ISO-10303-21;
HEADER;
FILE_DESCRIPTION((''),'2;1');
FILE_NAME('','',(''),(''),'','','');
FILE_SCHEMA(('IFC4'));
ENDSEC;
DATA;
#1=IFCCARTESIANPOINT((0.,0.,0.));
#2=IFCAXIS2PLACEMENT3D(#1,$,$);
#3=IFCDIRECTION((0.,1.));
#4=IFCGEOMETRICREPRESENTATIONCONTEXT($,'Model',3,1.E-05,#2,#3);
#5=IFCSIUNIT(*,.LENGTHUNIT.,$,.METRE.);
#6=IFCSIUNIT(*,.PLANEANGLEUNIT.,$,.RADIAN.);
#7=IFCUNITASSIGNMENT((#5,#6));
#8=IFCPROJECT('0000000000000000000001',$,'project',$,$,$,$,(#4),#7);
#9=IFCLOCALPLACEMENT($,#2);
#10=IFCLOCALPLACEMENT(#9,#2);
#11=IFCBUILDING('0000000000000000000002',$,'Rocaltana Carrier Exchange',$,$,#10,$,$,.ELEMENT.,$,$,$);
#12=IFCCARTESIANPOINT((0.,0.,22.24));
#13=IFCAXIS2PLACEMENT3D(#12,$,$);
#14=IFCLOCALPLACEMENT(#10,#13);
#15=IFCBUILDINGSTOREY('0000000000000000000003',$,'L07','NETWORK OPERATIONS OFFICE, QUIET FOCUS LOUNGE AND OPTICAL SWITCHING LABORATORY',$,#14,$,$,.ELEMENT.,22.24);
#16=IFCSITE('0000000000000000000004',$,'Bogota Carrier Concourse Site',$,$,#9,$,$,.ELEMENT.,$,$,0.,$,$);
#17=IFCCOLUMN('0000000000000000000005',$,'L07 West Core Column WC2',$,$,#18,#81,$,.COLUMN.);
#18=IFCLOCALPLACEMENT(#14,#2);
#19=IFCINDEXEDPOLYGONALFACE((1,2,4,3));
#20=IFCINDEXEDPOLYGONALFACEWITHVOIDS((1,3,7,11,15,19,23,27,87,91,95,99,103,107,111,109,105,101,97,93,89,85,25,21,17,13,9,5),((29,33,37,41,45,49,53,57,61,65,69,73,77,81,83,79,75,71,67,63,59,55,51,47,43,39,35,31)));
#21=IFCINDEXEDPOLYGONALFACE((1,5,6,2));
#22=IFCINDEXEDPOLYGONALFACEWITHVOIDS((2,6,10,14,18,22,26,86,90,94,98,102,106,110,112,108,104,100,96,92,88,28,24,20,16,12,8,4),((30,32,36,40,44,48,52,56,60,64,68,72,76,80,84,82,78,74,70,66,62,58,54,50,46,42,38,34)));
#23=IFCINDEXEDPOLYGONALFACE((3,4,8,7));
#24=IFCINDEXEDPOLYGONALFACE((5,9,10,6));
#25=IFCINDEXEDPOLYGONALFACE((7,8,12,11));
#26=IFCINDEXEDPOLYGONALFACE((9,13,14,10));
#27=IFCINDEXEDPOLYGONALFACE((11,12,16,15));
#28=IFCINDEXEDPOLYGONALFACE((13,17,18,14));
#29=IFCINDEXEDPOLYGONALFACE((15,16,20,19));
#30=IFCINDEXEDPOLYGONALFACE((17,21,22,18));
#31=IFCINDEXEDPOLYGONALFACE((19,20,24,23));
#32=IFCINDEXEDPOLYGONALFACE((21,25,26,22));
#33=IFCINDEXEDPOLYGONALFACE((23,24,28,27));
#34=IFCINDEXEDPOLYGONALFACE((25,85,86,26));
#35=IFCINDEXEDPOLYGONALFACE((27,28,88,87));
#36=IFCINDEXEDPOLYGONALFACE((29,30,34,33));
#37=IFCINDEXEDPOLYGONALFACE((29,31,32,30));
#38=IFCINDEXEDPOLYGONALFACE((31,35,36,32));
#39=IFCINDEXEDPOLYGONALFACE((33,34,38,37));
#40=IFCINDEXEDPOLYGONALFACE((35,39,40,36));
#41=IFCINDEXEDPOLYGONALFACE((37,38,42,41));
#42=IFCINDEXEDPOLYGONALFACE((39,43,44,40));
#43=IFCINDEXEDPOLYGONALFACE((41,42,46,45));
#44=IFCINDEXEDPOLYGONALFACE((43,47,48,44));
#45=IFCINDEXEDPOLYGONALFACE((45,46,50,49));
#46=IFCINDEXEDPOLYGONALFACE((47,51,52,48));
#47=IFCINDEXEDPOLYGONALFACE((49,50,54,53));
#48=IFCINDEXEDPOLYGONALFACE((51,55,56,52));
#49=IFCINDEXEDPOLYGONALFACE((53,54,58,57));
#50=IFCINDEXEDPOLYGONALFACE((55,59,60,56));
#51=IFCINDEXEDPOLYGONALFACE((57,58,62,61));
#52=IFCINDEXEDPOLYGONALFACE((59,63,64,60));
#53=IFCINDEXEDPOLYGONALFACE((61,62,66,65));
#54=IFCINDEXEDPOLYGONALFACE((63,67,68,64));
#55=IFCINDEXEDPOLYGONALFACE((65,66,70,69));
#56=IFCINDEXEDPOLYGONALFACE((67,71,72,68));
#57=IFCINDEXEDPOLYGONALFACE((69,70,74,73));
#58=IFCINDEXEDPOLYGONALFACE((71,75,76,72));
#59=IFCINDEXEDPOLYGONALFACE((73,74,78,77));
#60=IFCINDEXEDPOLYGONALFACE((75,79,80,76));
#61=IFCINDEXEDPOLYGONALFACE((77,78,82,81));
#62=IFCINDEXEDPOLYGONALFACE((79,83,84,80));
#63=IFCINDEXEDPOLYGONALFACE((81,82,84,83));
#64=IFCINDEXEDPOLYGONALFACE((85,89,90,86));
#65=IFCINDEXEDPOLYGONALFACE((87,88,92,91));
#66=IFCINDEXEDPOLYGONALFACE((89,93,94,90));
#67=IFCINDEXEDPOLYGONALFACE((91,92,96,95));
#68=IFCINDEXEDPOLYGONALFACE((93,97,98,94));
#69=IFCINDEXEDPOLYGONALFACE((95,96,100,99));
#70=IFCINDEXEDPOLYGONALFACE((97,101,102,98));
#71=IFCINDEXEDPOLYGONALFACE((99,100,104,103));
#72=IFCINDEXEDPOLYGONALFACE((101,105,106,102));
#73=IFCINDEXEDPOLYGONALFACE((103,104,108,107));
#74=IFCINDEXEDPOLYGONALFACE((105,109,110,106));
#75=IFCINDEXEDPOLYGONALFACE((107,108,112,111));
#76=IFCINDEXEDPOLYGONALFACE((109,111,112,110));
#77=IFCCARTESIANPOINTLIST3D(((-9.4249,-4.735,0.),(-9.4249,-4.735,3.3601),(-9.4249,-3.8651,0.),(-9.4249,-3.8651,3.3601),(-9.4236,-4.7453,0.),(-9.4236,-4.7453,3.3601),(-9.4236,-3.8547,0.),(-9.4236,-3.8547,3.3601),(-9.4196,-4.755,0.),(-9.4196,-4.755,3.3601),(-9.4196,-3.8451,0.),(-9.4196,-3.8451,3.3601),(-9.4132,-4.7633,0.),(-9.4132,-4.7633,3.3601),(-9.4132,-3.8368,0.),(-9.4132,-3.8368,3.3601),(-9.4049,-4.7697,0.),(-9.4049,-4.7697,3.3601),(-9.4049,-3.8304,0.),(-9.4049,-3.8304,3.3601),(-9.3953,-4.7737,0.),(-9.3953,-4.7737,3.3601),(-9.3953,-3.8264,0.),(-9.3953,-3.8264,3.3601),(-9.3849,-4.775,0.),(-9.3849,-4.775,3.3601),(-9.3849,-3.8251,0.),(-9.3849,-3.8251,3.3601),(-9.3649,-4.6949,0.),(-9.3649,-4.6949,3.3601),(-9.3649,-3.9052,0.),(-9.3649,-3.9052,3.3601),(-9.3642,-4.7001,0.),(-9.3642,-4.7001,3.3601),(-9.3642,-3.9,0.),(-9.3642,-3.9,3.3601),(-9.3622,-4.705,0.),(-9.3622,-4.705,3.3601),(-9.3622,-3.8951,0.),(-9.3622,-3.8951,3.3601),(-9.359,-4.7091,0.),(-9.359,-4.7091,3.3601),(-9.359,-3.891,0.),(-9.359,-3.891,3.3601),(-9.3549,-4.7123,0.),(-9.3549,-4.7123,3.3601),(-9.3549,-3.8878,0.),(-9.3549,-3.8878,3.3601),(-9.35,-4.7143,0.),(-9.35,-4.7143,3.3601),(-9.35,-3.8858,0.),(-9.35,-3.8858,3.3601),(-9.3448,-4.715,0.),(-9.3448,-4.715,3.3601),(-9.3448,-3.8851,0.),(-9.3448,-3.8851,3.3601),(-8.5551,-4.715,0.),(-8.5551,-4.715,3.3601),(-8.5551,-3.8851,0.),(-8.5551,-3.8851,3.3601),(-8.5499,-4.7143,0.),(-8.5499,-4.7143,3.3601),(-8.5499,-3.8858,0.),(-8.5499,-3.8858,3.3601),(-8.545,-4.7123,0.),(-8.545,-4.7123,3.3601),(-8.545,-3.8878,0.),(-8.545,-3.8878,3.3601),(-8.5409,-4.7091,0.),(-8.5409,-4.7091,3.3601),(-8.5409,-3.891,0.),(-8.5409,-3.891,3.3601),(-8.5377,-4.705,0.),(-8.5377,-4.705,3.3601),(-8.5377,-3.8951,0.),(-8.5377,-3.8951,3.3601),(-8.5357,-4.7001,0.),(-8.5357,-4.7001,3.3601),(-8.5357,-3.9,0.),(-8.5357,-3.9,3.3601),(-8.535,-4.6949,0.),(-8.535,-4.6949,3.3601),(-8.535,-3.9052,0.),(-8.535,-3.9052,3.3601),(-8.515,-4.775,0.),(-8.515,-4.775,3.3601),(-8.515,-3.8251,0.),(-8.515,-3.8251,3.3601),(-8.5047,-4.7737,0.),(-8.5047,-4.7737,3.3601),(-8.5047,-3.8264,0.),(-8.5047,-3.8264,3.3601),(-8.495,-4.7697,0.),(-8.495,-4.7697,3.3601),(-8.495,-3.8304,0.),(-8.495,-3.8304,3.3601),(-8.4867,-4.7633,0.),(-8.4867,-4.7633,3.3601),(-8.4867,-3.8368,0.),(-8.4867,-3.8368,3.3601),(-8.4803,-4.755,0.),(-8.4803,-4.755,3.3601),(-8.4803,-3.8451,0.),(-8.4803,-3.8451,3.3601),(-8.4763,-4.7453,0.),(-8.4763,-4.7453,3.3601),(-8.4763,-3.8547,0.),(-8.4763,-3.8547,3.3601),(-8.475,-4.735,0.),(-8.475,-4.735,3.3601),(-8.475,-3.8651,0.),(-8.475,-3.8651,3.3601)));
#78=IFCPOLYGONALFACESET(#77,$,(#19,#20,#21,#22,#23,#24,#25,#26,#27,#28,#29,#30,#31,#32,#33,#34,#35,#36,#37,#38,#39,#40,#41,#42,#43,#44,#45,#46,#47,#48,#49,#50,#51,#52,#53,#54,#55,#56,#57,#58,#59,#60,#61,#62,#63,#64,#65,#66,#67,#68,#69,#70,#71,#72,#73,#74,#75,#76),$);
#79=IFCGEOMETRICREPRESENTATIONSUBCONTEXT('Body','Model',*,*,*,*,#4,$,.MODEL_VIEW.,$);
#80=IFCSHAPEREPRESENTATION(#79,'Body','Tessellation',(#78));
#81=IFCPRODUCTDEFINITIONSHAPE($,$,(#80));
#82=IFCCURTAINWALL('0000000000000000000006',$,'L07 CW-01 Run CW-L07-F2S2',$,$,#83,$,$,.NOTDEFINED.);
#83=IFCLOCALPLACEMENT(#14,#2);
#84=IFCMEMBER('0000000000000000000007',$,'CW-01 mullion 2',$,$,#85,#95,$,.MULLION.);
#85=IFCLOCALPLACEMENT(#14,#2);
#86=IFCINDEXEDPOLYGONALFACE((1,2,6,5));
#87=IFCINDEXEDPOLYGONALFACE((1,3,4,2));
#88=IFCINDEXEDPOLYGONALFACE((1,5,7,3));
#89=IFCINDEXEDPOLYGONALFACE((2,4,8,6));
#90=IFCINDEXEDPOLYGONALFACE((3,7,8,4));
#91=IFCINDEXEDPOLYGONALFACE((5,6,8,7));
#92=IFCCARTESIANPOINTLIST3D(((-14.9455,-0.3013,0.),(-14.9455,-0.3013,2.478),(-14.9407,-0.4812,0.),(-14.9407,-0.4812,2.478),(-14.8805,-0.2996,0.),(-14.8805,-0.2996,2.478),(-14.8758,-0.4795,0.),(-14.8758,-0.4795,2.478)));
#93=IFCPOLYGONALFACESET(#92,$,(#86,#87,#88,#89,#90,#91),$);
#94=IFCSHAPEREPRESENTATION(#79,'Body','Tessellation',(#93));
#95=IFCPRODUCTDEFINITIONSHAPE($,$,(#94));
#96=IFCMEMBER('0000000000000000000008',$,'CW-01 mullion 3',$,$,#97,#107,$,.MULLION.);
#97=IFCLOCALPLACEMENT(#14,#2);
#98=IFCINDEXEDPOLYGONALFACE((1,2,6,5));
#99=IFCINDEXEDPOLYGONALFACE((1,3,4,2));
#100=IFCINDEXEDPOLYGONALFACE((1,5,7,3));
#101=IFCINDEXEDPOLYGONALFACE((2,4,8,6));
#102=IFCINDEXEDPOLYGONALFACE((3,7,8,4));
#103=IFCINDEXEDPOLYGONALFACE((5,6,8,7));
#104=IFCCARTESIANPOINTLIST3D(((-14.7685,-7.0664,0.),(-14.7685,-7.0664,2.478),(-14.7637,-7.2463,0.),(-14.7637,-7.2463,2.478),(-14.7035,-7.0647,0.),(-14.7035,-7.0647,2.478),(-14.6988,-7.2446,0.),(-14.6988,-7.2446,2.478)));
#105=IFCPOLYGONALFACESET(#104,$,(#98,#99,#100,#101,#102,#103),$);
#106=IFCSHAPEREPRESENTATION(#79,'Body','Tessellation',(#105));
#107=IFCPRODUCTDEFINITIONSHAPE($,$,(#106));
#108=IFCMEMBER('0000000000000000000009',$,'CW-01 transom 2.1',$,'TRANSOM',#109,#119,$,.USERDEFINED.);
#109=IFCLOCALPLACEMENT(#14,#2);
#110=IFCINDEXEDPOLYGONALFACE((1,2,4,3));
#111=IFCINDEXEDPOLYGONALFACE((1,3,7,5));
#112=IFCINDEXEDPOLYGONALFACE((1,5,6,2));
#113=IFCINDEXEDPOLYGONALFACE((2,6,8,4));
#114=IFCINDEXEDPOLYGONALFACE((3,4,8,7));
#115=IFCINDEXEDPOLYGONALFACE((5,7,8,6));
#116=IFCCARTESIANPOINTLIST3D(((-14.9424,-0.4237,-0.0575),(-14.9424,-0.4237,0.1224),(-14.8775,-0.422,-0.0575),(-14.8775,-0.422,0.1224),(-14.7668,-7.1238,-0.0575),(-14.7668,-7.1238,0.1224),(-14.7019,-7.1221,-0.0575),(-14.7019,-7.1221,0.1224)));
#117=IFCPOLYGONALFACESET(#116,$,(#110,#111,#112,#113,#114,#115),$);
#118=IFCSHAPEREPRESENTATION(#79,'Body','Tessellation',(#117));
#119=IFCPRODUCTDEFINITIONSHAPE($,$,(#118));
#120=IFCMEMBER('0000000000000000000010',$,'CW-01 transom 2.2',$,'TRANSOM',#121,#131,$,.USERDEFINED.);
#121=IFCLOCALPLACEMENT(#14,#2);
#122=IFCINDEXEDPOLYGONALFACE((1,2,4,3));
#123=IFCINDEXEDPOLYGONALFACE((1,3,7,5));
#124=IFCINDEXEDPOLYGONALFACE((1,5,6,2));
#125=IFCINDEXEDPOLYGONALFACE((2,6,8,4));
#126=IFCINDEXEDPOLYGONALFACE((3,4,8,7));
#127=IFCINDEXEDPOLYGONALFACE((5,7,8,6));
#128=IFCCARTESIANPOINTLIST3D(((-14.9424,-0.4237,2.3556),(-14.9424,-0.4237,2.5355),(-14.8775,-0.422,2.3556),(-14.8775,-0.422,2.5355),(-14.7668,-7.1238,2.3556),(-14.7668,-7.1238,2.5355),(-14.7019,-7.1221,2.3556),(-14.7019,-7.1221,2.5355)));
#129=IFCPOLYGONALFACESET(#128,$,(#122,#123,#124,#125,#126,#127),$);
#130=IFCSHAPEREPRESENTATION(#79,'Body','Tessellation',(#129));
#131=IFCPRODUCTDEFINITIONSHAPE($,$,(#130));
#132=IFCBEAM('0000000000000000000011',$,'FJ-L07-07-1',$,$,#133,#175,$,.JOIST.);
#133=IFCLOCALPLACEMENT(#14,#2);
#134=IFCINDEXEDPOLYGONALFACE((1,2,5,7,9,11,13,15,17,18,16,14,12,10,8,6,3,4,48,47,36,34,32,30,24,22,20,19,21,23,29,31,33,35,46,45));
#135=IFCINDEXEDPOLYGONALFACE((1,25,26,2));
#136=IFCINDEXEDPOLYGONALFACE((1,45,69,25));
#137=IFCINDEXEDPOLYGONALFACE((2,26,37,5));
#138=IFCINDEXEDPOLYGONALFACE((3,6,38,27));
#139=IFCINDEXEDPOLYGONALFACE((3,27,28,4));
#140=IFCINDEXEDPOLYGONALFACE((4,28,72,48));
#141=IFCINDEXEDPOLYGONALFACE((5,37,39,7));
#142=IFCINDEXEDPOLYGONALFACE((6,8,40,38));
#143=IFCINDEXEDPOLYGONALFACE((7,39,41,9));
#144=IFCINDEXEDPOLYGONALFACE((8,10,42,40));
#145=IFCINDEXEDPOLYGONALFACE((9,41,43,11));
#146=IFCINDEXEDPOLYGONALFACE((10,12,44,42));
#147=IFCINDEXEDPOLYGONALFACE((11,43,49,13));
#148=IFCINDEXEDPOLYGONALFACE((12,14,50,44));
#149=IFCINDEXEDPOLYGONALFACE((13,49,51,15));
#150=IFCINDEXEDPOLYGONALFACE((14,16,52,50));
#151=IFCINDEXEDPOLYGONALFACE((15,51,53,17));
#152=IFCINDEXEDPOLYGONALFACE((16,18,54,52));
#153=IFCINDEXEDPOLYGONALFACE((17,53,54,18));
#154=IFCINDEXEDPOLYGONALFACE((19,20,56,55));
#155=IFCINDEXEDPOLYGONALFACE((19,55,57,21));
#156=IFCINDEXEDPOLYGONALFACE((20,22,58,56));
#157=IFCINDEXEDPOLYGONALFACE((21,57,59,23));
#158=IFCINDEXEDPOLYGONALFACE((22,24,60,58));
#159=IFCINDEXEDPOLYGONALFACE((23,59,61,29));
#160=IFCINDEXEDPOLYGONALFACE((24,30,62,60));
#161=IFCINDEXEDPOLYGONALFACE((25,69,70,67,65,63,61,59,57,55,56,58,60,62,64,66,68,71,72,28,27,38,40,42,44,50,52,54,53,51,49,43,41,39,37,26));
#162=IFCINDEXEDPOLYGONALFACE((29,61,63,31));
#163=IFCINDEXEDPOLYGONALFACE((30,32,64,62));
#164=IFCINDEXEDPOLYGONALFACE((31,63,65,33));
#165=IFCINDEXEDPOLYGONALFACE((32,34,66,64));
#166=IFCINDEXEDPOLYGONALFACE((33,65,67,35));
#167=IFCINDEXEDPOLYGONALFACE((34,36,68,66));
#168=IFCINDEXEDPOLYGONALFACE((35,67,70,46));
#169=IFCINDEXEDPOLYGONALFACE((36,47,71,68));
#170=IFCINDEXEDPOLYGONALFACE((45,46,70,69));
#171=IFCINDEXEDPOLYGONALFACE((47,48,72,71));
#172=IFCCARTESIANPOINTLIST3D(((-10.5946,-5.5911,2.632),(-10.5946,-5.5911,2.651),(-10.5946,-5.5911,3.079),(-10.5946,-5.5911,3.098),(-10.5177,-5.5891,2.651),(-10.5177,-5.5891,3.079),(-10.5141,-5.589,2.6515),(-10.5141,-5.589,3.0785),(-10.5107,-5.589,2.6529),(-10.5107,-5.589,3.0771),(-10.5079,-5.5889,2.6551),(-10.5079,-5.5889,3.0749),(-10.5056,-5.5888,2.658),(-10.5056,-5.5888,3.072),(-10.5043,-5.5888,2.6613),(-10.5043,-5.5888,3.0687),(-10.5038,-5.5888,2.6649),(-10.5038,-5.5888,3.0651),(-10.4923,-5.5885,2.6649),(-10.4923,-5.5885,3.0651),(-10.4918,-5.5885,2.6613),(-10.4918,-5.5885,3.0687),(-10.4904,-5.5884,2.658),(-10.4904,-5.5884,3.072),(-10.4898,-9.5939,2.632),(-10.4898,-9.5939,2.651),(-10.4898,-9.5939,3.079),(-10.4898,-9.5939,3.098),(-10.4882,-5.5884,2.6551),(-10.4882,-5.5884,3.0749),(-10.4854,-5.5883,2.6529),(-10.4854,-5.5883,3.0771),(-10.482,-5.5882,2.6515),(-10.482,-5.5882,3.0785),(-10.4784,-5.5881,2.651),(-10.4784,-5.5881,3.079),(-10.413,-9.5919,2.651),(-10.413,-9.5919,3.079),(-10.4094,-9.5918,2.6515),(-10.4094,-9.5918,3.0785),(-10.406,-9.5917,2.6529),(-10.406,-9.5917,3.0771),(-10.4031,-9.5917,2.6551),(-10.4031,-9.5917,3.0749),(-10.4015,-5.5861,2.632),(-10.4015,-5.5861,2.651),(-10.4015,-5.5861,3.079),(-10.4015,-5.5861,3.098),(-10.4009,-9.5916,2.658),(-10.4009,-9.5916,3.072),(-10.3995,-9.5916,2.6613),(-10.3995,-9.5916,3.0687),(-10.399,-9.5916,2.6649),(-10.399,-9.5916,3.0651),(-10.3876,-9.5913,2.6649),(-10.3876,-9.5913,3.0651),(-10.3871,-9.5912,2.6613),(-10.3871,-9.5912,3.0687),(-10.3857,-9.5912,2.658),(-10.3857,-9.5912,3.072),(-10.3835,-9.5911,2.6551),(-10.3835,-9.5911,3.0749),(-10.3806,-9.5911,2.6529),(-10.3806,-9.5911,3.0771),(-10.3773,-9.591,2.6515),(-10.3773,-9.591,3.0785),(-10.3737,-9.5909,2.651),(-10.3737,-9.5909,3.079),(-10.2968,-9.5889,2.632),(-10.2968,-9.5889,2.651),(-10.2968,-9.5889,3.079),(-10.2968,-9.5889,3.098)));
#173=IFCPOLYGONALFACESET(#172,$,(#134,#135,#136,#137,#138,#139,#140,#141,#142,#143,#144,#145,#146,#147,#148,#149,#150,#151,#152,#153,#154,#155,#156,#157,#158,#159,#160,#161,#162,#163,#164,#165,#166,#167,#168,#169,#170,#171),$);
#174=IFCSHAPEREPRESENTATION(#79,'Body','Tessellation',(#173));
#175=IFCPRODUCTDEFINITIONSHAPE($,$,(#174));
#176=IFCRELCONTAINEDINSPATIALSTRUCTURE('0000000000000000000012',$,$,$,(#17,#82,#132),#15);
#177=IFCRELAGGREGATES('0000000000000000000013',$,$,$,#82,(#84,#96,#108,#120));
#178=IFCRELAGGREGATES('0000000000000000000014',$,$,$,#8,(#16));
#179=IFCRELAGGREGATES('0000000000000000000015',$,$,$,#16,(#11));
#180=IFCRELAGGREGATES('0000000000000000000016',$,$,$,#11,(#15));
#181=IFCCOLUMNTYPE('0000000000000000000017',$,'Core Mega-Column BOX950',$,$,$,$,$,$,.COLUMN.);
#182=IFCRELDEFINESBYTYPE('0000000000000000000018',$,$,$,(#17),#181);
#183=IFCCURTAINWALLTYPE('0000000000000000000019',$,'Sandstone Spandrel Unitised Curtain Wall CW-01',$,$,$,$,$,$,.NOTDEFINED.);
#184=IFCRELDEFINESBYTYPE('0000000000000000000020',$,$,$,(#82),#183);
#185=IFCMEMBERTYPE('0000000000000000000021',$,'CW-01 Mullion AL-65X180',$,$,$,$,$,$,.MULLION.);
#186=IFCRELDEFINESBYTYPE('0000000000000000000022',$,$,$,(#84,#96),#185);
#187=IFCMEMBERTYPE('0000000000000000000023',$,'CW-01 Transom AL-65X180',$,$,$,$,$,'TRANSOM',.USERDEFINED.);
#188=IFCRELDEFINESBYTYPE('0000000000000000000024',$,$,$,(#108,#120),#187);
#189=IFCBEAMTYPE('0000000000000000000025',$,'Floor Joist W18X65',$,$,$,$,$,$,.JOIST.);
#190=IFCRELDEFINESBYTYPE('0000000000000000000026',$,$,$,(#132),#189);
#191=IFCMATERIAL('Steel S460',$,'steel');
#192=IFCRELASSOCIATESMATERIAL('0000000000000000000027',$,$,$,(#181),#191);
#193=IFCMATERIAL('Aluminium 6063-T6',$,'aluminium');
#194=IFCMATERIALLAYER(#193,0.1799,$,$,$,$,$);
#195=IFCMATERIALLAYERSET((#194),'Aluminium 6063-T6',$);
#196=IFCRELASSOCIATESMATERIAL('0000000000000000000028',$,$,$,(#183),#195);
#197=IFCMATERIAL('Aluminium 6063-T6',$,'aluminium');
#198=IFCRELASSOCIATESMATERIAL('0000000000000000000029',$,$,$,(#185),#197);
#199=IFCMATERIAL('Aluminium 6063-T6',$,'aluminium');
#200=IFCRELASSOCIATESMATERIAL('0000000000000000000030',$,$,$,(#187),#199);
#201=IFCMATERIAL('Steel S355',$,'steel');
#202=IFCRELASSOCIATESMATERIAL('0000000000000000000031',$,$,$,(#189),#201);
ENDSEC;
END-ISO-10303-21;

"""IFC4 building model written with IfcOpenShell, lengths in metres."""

from ifc_helpers import new_model, si_unit, direction, frame, origin, origin_2d, place, context, subcontext, project, spatial, rectangle, hollow_rectangle, i_section, extrude, material, layer, layer_set, material_profile, profile_set, type_object, element, aggregate, save


model = new_model("IFC4")

# Units and contexts
model_context = context("Model", 3, precision=1e-05, world=origin(), true_north=direction((0.0, 1.0)))
body_context = subcontext(model_context, "Body", "Model", "MODEL_VIEW")
ifc_project = project(units=[si_unit("LENGTHUNIT", "METRE"), si_unit("PLANEANGLEUNIT", "RADIAN")], contexts=[model_context])

# Site, building, storey
site_placement = place(None, origin())
site = spatial("IfcSite", under=ifc_project, at=site_placement, Name="Bogota Carrier Concourse Site", CompositionType="ELEMENT", RefElevation=0.0)
building_placement = place(site_placement, origin())
building = spatial("IfcBuilding", under=site, at=building_placement, Name="Rocaltana Carrier Exchange", CompositionType="ELEMENT")
storey_placement = place(building_placement, frame((0.0, 0.0, 22.24)))
storey = spatial("IfcBuildingStorey", under=building, at=storey_placement, Name="L07", Description="NETWORK OPERATIONS OFFICE, QUIET FOCUS LOUNGE AND OPTICAL SWITCHING LABORATORY", CompositionType="ELEMENT", Elevation=22.24)

# Column
ifc_material_1 = material(Name="Steel S460", Category="steel")
ifc_material_profile_1 = material_profile(ifc_material_1, hollow_rectangle(XDim=0.95, YDim=0.95, WallThickness=0.0601, InnerFilletRadius=0.02, OuterFilletRadius=0.04, at=origin_2d()), Name="BOX950X950X60")
ifc_profile_set_1 = profile_set([ifc_material_profile_1], Name="Steel S460")
column_type = type_object("IfcColumnType", Name="Core Mega-Column BOX950", PredefinedType="COLUMN", material=ifc_profile_set_1)
column_placement = place(storey_placement, frame((-8.95, -4.3, 0.0), z_axis=(0.0, 0.0, 1.0), x_axis=(1.0, 0.0, 0.0)))
element("IfcColumn", 1, at=column_placement, inside=storey, type_object=column_type, Name="L07 West Core Column WC2", PredefinedType="COLUMN", context=body_context, shape_type="SweptSolid", body=[
    extrude(hollow_rectangle(XDim=0.95, YDim=0.95, WallThickness=0.0601, InnerFilletRadius=0.02, OuterFilletRadius=0.04, at=origin_2d()), origin(), (0.0, 0.0, 1.0), 3.3601),
])

# Curtain wall, members
ifc_material_2 = material(Name="Aluminium 6063-T6", Category="aluminium")
ifc_layer_1 = layer(ifc_material_2, 0.1799)
ifc_layer_set_1 = layer_set([ifc_layer_1], Name="Aluminium 6063-T6")
curtain_wall_type = type_object("IfcCurtainWallType", Name="Sandstone Spandrel Unitised Curtain Wall CW-01", PredefinedType="NOTDEFINED", material=ifc_layer_set_1)
curtain_wall_placement = place(storey_placement, origin())
curtain_wall = element("IfcCurtainWall", 2, at=curtain_wall_placement, inside=storey, type_object=curtain_wall_type, Name="L07 CW-01 Run CW-L07-F2S2", PredefinedType="NOTDEFINED")
ifc_material_3 = material(Name="Aluminium 6063-T6", Category="aluminium")
ifc_material_profile_2 = material_profile(ifc_material_3, rectangle(XDim=0.0649, YDim=0.1799, at=origin_2d()), Name="AL-65X180")
ifc_profile_set_2 = profile_set([ifc_material_profile_2], Name="Aluminium 6063-T6")
member_type_1 = type_object("IfcMemberType", Name="CW-01 Mullion AL-65X180", PredefinedType="MULLION", material=ifc_profile_set_2)
member_1_placement = place(storey_placement, frame((-14.9106, -0.3904, 0.0), z_axis=(0.0, 0.0, 1.0), x_axis=(0.999657, 0.026177, 0.0)))
member_1 = element("IfcMember", 3, at=member_1_placement, type_object=member_type_1, Name="CW-01 mullion 2", PredefinedType="MULLION", context=body_context, shape_type="SweptSolid", body=[
    extrude(rectangle(XDim=0.0649, YDim=0.1799, at=origin_2d()), origin(), (0.0, 0.0, 1.0), 2.478),
])
member_2_placement = place(storey_placement, frame((-14.7336, -7.1555, 0.0), z_axis=(0.0, 0.0, 1.0), x_axis=(0.999657, 0.026177, 0.0)))
member_2 = element("IfcMember", 4, at=member_2_placement, type_object=member_type_1, Name="CW-01 mullion 3", PredefinedType="MULLION", context=body_context, shape_type="SweptSolid", body=[
    extrude(rectangle(XDim=0.0649, YDim=0.1799, at=origin_2d()), origin(), (0.0, 0.0, 1.0), 2.478),
])
ifc_material_4 = material(Name="Aluminium 6063-T6", Category="aluminium")
ifc_material_profile_3 = material_profile(ifc_material_4, rectangle(XDim=0.0649, YDim=0.1799, at=origin_2d()), Name="AL-65X180")
ifc_profile_set_3 = profile_set([ifc_material_profile_3], Name="Aluminium 6063-T6")
member_type_2 = type_object("IfcMemberType", Name="CW-01 Transom AL-65X180", ElementType="TRANSOM", PredefinedType="USERDEFINED", material=ifc_profile_set_3)
member_3_placement = place(storey_placement, frame((-14.9099, -0.4229, 0.0325), z_axis=(0.02619, -0.999657, 0.0), x_axis=(0.999657, 0.02619, 0.0)))
member_3 = element("IfcMember", 5, at=member_3_placement, type_object=member_type_2, Name="CW-01 transom 2.1", ObjectType="TRANSOM", PredefinedType="USERDEFINED", context=body_context, shape_type="SweptSolid", body=[
    extrude(rectangle(XDim=0.0649, YDim=0.1799, at=origin_2d()), origin(), (0.0, 0.0, 1.0), 6.7024),
])
member_4_placement = place(storey_placement, frame((-14.9099, -0.4229, 2.4456), z_axis=(0.02619, -0.999657, 0.0), x_axis=(0.999657, 0.02619, 0.0)))
member_4 = element("IfcMember", 6, at=member_4_placement, type_object=member_type_2, Name="CW-01 transom 2.2", ObjectType="TRANSOM", PredefinedType="USERDEFINED", context=body_context, shape_type="SweptSolid", body=[
    extrude(rectangle(XDim=0.0649, YDim=0.1799, at=origin_2d()), origin(), (0.0, 0.0, 1.0), 6.7024),
])

# Beam
ifc_material_5 = material(Name="Steel S355", Category="steel")
ifc_material_profile_4 = material_profile(ifc_material_5, i_section(OverallWidth=0.1931, OverallDepth=0.4661, WebThickness=0.0115, FlangeThickness=0.019, FilletRadius=0.0139, at=origin_2d()), Name="W18X65")
ifc_profile_set_4 = profile_set([ifc_material_profile_4], Name="Steel S355")
beam_type_1 = type_object("IfcBeamType", Name="Floor Joist W18X65", PredefinedType="JOIST", material=ifc_profile_set_4)
beam_1_placement = place(storey_placement, frame((-10.498, -5.5886, 2.865), z_axis=(0.026158, -0.999658, 0.0), x_axis=(0.999658, 0.026158, 0.0)))
element("IfcBeam", 7, at=beam_1_placement, inside=storey, type_object=beam_type_1, Name="FJ-L07-07-1", PredefinedType="JOIST", context=body_context, shape_type="SweptSolid", body=[
    extrude(i_section(OverallWidth=0.1931, OverallDepth=0.4661, WebThickness=0.0115, FlangeThickness=0.019, FilletRadius=0.0139, at=origin_2d()), origin(), (0.0, 0.0, 1.0), 4.0042),
])

aggregate(curtain_wall, [member_1, member_2, member_3, member_4])

save(model, "model.ifc")
